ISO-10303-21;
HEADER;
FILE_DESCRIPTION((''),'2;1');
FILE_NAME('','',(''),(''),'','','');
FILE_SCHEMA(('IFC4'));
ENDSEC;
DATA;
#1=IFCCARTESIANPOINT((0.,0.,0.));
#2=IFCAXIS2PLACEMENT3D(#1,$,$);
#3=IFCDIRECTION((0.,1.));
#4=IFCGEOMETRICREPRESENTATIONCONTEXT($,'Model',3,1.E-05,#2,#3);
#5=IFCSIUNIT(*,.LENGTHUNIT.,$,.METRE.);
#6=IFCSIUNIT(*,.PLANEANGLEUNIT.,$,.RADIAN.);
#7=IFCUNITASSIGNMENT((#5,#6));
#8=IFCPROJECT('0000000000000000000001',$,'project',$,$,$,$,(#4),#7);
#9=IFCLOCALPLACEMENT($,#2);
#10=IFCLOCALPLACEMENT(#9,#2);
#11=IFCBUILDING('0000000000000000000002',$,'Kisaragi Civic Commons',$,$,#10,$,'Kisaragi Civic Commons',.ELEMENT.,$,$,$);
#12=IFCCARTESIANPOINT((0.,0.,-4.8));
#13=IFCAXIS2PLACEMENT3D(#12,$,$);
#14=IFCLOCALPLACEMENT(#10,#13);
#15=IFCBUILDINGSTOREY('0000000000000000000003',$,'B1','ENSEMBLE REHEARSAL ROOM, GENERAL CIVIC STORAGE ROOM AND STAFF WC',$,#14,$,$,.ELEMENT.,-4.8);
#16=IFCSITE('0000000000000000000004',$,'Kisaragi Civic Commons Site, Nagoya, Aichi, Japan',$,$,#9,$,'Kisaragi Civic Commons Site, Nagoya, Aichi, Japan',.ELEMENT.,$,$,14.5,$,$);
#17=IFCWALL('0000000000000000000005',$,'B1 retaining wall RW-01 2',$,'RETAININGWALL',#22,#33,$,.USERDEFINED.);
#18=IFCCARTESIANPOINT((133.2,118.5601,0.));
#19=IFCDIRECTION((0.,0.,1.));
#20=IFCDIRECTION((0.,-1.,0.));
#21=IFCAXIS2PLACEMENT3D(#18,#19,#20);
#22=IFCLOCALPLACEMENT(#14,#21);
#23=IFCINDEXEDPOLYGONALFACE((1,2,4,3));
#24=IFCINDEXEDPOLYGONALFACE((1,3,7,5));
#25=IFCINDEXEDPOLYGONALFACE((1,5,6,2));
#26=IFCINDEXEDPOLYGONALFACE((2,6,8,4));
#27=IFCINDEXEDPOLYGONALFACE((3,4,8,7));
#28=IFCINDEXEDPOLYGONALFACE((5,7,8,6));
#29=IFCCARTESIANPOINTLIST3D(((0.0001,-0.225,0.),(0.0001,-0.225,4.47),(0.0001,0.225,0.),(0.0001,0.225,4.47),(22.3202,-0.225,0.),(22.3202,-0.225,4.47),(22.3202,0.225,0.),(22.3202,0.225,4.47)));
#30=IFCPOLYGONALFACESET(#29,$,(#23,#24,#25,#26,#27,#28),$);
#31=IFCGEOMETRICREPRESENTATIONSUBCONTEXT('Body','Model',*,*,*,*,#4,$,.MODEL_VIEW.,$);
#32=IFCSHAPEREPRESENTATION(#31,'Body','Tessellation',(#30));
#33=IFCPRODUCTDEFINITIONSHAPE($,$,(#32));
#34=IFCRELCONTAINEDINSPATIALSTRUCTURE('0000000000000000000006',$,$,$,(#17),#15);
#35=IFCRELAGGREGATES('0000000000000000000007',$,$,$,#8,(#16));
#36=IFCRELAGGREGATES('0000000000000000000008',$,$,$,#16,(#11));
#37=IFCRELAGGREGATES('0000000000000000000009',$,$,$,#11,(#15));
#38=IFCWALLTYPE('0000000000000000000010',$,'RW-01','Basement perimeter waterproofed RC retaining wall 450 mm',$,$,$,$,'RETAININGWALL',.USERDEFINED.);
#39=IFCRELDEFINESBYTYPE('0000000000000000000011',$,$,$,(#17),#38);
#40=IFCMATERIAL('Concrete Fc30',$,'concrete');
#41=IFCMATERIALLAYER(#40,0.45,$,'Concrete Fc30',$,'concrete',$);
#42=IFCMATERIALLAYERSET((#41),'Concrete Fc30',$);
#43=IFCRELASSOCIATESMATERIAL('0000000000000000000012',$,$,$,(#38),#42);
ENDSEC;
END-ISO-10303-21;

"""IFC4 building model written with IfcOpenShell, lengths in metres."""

from ifc_helpers import new_model, si_unit, direction, frame, frame_2d, origin, place, context, subcontext, project, spatial, rectangle, extrude, material, layer, layer_set, type_object, element, save


model = new_model("IFC4")

# Units and contexts
model_context = context("Model", 3, precision=1e-05, world=origin(), true_north=direction((0.0, 1.0)))
body_context = subcontext(model_context, "Body", "Model", "MODEL_VIEW")
ifc_project = project(units=[si_unit("LENGTHUNIT", "METRE"), si_unit("PLANEANGLEUNIT", "RADIAN")], contexts=[model_context])

# Site, building, storey
site_placement = place(None, origin())
site = spatial("IfcSite", under=ifc_project, at=site_placement, Name="Kisaragi Civic Commons Site, Nagoya, Aichi, Japan", LongName="Kisaragi Civic Commons Site, Nagoya, Aichi, Japan", CompositionType="ELEMENT", RefElevation=14.5)
building_placement = place(site_placement, origin())
building = spatial("IfcBuilding", under=site, at=building_placement, Name="Kisaragi Civic Commons", LongName="Kisaragi Civic Commons", CompositionType="ELEMENT")
storey_placement = place(building_placement, frame((0.0, 0.0, -4.8)))
storey = spatial("IfcBuildingStorey", under=building, at=storey_placement, Name="B1", Description="ENSEMBLE REHEARSAL ROOM, GENERAL CIVIC STORAGE ROOM AND STAFF WC", CompositionType="ELEMENT", Elevation=-4.8)

# Wall
ifc_material_1 = material(Name="Concrete Fc30", Category="concrete")
ifc_layer = layer(ifc_material_1, 0.45, Name="Concrete Fc30", Category="concrete")
ifc_layer_set = layer_set([ifc_layer], Name="Concrete Fc30")
wall_type = type_object("IfcWallType", Name="RW-01", Description="Basement perimeter waterproofed RC retaining wall 450 mm", ElementType="RETAININGWALL", PredefinedType="USERDEFINED", material=ifc_layer_set)
wall_placement = place(storey_placement, frame((133.2, 118.5601, 0.0), z_axis=(0.0, 0.0, 1.0), x_axis=(0.0, -1.0, 0.0)))
element("IfcWall", 1, at=wall_placement, inside=storey, type_object=wall_type, Name="B1 retaining wall RW-01 2", ObjectType="RETAININGWALL", PredefinedType="USERDEFINED", context=body_context, shape_type="SweptSolid", body=[
    extrude(rectangle(XDim=22.3201, YDim=0.45, at=frame_2d((11.1602, 0.0))), origin(), (0.0, 0.0, 1.0), 4.47),
])

save(model, "model.ifc")
